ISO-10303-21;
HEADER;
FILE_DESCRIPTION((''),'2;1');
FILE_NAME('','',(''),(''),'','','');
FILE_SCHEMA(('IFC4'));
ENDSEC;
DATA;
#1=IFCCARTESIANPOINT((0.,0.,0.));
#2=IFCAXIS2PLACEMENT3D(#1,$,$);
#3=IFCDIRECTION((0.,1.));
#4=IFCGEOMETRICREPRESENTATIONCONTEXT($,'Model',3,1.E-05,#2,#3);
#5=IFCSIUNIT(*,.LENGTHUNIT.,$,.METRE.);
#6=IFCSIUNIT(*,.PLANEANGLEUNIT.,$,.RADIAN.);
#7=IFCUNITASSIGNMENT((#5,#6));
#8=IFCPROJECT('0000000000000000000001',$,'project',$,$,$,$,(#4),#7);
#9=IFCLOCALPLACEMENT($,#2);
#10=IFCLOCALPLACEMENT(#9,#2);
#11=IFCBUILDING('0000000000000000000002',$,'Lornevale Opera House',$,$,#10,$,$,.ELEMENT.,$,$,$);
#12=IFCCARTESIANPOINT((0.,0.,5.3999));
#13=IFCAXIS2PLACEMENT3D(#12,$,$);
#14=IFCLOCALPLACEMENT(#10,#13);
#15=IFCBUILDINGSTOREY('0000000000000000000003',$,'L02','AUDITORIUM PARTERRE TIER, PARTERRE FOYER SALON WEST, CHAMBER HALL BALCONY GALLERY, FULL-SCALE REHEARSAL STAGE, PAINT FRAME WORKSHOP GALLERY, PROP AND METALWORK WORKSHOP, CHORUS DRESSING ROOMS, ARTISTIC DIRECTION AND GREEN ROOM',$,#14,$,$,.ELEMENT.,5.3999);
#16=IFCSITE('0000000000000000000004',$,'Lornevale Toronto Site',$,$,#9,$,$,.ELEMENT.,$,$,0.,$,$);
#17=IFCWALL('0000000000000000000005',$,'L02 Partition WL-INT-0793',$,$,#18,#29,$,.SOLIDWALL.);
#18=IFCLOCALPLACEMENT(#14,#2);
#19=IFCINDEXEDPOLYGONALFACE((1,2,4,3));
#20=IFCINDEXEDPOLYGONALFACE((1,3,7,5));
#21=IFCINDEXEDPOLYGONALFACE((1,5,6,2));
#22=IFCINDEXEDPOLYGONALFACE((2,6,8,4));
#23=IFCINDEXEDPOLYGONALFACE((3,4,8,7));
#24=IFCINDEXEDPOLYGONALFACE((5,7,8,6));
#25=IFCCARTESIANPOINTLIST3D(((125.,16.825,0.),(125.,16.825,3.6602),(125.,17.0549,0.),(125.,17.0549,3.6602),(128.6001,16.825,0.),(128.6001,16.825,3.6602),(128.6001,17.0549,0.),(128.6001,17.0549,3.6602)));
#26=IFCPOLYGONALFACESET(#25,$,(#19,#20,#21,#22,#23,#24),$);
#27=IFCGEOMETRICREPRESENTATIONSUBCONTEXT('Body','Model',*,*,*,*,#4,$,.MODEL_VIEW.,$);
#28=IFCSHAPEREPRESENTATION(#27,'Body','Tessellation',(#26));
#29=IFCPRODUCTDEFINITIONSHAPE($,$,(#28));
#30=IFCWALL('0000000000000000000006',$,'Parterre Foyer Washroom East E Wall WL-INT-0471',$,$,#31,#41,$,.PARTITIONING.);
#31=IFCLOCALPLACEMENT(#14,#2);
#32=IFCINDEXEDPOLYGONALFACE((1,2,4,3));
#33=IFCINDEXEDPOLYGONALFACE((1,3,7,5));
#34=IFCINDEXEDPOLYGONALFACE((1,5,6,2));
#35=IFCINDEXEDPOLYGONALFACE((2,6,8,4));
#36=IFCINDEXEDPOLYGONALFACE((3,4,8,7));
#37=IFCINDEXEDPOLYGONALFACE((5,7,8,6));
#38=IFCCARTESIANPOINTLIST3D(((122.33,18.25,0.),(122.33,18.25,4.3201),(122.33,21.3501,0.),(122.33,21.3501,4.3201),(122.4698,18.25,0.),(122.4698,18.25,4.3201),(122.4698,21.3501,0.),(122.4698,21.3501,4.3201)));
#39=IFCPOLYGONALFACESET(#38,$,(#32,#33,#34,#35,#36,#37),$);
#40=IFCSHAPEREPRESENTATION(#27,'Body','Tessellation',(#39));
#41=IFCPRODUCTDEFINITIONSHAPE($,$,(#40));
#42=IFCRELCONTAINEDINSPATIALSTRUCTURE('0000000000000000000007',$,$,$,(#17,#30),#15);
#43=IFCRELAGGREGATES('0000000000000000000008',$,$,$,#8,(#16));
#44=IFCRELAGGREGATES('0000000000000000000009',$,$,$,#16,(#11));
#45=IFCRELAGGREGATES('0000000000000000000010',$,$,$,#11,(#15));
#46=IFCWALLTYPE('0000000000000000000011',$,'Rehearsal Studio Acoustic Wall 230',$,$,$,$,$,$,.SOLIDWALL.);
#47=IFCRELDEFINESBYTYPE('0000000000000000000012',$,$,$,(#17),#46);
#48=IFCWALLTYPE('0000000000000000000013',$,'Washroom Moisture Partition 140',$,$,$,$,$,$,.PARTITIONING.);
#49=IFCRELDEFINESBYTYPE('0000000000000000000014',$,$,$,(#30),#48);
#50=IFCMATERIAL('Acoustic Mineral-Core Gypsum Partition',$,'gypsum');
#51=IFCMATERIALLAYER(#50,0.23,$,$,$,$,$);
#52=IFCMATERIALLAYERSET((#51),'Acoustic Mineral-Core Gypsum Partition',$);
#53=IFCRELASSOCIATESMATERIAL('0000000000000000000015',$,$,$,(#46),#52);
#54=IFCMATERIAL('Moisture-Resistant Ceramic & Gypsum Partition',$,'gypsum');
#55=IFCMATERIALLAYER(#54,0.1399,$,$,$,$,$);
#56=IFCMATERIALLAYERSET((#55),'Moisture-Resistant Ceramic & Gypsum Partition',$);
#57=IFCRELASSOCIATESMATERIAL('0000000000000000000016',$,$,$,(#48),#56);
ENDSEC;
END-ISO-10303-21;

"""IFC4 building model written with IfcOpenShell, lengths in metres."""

from ifc_helpers import new_model, si_unit, direction, frame, frame_2d, origin, place, context, subcontext, project, spatial, rectangle, extrude, material, layer, layer_set, type_object, element, save


model = new_model("IFC4")

# Units and contexts
model_context = context("Model", 3, precision=1e-05, world=origin(), true_north=direction((0.0, 1.0)))
body_context = subcontext(model_context, "Body", "Model", "MODEL_VIEW")
ifc_project = project(units=[si_unit("LENGTHUNIT", "METRE"), si_unit("PLANEANGLEUNIT", "RADIAN")], contexts=[model_context])

# Site, building, storey
site_placement = place(None, origin())
site = spatial("IfcSite", under=ifc_project, at=site_placement, Name="Lornevale Toronto Site", CompositionType="ELEMENT", RefElevation=0.0)
building_placement = place(site_placement, origin())
building = spatial("IfcBuilding", under=site, at=building_placement, Name="Lornevale Opera House", CompositionType="ELEMENT")
storey_placement = place(building_placement, frame((0.0, 0.0, 5.3999)))
storey = spatial("IfcBuildingStorey", under=building, at=storey_placement, Name="L02", Description="AUDITORIUM PARTERRE TIER, PARTERRE FOYER SALON WEST, CHAMBER HALL BALCONY GALLERY, FULL-SCALE REHEARSAL STAGE, PAINT FRAME WORKSHOP GALLERY, PROP AND METALWORK WORKSHOP, CHORUS DRESSING ROOMS, ARTISTIC DIRECTION AND GREEN ROOM", CompositionType="ELEMENT", Elevation=5.3999)

# Shared definitions
ifc_material_1 = material(Name="Acoustic Mineral-Core Gypsum Partition", Category="gypsum")

# Shared definitions
ifc_layer_1 = layer(ifc_material_1, 0.23)
ifc_layer_set_1 = layer_set([ifc_layer_1], Name="Acoustic Mineral-Core Gypsum Partition")
wall_type_1 = type_object("IfcWallType", Name="Rehearsal Studio Acoustic Wall 230", PredefinedType="SOLIDWALL", material=ifc_layer_set_1)

# Walls
wall_1_placement = place(storey_placement, frame((125.0, 16.9399, 0.0), z_axis=(0.0, 0.0, 1.0), x_axis=(1.0, 0.0, 0.0)))
element("IfcWall", 1, at=wall_1_placement, inside=storey, type_object=wall_type_1, Name="L02 Partition WL-INT-0793", PredefinedType="SOLIDWALL", context=body_context, shape_type="SweptSolid", body=[
    extrude(rectangle(XDim=3.6001, YDim=0.23, at=frame_2d((1.8, 0.0))), origin(), (0.0, 0.0, 1.0), 3.6602),
])
ifc_material_2 = material(Name="Moisture-Resistant Ceramic & Gypsum Partition", Category="gypsum")
ifc_layer_2 = layer(ifc_material_2, 0.1399)
ifc_layer_set_2 = layer_set([ifc_layer_2], Name="Moisture-Resistant Ceramic & Gypsum Partition")
wall_type_2 = type_object("IfcWallType", Name="Washroom Moisture Partition 140", PredefinedType="PARTITIONING", material=ifc_layer_set_2)
wall_2_placement = place(storey_placement, frame((122.3999, 18.25, 0.0), z_axis=(0.0, 0.0, 1.0), x_axis=(0.0, 1.0, 0.0)))
element("IfcWall", 2, at=wall_2_placement, inside=storey, type_object=wall_type_2, Name="Parterre Foyer Washroom East E Wall WL-INT-0471", PredefinedType="PARTITIONING", context=body_context, shape_type="SweptSolid", body=[
    extrude(rectangle(XDim=3.1001, YDim=0.1399, at=frame_2d((1.55, 0.0))), origin(), (0.0, 0.0, 1.0), 4.3201),
])

save(model, "model.ifc")
